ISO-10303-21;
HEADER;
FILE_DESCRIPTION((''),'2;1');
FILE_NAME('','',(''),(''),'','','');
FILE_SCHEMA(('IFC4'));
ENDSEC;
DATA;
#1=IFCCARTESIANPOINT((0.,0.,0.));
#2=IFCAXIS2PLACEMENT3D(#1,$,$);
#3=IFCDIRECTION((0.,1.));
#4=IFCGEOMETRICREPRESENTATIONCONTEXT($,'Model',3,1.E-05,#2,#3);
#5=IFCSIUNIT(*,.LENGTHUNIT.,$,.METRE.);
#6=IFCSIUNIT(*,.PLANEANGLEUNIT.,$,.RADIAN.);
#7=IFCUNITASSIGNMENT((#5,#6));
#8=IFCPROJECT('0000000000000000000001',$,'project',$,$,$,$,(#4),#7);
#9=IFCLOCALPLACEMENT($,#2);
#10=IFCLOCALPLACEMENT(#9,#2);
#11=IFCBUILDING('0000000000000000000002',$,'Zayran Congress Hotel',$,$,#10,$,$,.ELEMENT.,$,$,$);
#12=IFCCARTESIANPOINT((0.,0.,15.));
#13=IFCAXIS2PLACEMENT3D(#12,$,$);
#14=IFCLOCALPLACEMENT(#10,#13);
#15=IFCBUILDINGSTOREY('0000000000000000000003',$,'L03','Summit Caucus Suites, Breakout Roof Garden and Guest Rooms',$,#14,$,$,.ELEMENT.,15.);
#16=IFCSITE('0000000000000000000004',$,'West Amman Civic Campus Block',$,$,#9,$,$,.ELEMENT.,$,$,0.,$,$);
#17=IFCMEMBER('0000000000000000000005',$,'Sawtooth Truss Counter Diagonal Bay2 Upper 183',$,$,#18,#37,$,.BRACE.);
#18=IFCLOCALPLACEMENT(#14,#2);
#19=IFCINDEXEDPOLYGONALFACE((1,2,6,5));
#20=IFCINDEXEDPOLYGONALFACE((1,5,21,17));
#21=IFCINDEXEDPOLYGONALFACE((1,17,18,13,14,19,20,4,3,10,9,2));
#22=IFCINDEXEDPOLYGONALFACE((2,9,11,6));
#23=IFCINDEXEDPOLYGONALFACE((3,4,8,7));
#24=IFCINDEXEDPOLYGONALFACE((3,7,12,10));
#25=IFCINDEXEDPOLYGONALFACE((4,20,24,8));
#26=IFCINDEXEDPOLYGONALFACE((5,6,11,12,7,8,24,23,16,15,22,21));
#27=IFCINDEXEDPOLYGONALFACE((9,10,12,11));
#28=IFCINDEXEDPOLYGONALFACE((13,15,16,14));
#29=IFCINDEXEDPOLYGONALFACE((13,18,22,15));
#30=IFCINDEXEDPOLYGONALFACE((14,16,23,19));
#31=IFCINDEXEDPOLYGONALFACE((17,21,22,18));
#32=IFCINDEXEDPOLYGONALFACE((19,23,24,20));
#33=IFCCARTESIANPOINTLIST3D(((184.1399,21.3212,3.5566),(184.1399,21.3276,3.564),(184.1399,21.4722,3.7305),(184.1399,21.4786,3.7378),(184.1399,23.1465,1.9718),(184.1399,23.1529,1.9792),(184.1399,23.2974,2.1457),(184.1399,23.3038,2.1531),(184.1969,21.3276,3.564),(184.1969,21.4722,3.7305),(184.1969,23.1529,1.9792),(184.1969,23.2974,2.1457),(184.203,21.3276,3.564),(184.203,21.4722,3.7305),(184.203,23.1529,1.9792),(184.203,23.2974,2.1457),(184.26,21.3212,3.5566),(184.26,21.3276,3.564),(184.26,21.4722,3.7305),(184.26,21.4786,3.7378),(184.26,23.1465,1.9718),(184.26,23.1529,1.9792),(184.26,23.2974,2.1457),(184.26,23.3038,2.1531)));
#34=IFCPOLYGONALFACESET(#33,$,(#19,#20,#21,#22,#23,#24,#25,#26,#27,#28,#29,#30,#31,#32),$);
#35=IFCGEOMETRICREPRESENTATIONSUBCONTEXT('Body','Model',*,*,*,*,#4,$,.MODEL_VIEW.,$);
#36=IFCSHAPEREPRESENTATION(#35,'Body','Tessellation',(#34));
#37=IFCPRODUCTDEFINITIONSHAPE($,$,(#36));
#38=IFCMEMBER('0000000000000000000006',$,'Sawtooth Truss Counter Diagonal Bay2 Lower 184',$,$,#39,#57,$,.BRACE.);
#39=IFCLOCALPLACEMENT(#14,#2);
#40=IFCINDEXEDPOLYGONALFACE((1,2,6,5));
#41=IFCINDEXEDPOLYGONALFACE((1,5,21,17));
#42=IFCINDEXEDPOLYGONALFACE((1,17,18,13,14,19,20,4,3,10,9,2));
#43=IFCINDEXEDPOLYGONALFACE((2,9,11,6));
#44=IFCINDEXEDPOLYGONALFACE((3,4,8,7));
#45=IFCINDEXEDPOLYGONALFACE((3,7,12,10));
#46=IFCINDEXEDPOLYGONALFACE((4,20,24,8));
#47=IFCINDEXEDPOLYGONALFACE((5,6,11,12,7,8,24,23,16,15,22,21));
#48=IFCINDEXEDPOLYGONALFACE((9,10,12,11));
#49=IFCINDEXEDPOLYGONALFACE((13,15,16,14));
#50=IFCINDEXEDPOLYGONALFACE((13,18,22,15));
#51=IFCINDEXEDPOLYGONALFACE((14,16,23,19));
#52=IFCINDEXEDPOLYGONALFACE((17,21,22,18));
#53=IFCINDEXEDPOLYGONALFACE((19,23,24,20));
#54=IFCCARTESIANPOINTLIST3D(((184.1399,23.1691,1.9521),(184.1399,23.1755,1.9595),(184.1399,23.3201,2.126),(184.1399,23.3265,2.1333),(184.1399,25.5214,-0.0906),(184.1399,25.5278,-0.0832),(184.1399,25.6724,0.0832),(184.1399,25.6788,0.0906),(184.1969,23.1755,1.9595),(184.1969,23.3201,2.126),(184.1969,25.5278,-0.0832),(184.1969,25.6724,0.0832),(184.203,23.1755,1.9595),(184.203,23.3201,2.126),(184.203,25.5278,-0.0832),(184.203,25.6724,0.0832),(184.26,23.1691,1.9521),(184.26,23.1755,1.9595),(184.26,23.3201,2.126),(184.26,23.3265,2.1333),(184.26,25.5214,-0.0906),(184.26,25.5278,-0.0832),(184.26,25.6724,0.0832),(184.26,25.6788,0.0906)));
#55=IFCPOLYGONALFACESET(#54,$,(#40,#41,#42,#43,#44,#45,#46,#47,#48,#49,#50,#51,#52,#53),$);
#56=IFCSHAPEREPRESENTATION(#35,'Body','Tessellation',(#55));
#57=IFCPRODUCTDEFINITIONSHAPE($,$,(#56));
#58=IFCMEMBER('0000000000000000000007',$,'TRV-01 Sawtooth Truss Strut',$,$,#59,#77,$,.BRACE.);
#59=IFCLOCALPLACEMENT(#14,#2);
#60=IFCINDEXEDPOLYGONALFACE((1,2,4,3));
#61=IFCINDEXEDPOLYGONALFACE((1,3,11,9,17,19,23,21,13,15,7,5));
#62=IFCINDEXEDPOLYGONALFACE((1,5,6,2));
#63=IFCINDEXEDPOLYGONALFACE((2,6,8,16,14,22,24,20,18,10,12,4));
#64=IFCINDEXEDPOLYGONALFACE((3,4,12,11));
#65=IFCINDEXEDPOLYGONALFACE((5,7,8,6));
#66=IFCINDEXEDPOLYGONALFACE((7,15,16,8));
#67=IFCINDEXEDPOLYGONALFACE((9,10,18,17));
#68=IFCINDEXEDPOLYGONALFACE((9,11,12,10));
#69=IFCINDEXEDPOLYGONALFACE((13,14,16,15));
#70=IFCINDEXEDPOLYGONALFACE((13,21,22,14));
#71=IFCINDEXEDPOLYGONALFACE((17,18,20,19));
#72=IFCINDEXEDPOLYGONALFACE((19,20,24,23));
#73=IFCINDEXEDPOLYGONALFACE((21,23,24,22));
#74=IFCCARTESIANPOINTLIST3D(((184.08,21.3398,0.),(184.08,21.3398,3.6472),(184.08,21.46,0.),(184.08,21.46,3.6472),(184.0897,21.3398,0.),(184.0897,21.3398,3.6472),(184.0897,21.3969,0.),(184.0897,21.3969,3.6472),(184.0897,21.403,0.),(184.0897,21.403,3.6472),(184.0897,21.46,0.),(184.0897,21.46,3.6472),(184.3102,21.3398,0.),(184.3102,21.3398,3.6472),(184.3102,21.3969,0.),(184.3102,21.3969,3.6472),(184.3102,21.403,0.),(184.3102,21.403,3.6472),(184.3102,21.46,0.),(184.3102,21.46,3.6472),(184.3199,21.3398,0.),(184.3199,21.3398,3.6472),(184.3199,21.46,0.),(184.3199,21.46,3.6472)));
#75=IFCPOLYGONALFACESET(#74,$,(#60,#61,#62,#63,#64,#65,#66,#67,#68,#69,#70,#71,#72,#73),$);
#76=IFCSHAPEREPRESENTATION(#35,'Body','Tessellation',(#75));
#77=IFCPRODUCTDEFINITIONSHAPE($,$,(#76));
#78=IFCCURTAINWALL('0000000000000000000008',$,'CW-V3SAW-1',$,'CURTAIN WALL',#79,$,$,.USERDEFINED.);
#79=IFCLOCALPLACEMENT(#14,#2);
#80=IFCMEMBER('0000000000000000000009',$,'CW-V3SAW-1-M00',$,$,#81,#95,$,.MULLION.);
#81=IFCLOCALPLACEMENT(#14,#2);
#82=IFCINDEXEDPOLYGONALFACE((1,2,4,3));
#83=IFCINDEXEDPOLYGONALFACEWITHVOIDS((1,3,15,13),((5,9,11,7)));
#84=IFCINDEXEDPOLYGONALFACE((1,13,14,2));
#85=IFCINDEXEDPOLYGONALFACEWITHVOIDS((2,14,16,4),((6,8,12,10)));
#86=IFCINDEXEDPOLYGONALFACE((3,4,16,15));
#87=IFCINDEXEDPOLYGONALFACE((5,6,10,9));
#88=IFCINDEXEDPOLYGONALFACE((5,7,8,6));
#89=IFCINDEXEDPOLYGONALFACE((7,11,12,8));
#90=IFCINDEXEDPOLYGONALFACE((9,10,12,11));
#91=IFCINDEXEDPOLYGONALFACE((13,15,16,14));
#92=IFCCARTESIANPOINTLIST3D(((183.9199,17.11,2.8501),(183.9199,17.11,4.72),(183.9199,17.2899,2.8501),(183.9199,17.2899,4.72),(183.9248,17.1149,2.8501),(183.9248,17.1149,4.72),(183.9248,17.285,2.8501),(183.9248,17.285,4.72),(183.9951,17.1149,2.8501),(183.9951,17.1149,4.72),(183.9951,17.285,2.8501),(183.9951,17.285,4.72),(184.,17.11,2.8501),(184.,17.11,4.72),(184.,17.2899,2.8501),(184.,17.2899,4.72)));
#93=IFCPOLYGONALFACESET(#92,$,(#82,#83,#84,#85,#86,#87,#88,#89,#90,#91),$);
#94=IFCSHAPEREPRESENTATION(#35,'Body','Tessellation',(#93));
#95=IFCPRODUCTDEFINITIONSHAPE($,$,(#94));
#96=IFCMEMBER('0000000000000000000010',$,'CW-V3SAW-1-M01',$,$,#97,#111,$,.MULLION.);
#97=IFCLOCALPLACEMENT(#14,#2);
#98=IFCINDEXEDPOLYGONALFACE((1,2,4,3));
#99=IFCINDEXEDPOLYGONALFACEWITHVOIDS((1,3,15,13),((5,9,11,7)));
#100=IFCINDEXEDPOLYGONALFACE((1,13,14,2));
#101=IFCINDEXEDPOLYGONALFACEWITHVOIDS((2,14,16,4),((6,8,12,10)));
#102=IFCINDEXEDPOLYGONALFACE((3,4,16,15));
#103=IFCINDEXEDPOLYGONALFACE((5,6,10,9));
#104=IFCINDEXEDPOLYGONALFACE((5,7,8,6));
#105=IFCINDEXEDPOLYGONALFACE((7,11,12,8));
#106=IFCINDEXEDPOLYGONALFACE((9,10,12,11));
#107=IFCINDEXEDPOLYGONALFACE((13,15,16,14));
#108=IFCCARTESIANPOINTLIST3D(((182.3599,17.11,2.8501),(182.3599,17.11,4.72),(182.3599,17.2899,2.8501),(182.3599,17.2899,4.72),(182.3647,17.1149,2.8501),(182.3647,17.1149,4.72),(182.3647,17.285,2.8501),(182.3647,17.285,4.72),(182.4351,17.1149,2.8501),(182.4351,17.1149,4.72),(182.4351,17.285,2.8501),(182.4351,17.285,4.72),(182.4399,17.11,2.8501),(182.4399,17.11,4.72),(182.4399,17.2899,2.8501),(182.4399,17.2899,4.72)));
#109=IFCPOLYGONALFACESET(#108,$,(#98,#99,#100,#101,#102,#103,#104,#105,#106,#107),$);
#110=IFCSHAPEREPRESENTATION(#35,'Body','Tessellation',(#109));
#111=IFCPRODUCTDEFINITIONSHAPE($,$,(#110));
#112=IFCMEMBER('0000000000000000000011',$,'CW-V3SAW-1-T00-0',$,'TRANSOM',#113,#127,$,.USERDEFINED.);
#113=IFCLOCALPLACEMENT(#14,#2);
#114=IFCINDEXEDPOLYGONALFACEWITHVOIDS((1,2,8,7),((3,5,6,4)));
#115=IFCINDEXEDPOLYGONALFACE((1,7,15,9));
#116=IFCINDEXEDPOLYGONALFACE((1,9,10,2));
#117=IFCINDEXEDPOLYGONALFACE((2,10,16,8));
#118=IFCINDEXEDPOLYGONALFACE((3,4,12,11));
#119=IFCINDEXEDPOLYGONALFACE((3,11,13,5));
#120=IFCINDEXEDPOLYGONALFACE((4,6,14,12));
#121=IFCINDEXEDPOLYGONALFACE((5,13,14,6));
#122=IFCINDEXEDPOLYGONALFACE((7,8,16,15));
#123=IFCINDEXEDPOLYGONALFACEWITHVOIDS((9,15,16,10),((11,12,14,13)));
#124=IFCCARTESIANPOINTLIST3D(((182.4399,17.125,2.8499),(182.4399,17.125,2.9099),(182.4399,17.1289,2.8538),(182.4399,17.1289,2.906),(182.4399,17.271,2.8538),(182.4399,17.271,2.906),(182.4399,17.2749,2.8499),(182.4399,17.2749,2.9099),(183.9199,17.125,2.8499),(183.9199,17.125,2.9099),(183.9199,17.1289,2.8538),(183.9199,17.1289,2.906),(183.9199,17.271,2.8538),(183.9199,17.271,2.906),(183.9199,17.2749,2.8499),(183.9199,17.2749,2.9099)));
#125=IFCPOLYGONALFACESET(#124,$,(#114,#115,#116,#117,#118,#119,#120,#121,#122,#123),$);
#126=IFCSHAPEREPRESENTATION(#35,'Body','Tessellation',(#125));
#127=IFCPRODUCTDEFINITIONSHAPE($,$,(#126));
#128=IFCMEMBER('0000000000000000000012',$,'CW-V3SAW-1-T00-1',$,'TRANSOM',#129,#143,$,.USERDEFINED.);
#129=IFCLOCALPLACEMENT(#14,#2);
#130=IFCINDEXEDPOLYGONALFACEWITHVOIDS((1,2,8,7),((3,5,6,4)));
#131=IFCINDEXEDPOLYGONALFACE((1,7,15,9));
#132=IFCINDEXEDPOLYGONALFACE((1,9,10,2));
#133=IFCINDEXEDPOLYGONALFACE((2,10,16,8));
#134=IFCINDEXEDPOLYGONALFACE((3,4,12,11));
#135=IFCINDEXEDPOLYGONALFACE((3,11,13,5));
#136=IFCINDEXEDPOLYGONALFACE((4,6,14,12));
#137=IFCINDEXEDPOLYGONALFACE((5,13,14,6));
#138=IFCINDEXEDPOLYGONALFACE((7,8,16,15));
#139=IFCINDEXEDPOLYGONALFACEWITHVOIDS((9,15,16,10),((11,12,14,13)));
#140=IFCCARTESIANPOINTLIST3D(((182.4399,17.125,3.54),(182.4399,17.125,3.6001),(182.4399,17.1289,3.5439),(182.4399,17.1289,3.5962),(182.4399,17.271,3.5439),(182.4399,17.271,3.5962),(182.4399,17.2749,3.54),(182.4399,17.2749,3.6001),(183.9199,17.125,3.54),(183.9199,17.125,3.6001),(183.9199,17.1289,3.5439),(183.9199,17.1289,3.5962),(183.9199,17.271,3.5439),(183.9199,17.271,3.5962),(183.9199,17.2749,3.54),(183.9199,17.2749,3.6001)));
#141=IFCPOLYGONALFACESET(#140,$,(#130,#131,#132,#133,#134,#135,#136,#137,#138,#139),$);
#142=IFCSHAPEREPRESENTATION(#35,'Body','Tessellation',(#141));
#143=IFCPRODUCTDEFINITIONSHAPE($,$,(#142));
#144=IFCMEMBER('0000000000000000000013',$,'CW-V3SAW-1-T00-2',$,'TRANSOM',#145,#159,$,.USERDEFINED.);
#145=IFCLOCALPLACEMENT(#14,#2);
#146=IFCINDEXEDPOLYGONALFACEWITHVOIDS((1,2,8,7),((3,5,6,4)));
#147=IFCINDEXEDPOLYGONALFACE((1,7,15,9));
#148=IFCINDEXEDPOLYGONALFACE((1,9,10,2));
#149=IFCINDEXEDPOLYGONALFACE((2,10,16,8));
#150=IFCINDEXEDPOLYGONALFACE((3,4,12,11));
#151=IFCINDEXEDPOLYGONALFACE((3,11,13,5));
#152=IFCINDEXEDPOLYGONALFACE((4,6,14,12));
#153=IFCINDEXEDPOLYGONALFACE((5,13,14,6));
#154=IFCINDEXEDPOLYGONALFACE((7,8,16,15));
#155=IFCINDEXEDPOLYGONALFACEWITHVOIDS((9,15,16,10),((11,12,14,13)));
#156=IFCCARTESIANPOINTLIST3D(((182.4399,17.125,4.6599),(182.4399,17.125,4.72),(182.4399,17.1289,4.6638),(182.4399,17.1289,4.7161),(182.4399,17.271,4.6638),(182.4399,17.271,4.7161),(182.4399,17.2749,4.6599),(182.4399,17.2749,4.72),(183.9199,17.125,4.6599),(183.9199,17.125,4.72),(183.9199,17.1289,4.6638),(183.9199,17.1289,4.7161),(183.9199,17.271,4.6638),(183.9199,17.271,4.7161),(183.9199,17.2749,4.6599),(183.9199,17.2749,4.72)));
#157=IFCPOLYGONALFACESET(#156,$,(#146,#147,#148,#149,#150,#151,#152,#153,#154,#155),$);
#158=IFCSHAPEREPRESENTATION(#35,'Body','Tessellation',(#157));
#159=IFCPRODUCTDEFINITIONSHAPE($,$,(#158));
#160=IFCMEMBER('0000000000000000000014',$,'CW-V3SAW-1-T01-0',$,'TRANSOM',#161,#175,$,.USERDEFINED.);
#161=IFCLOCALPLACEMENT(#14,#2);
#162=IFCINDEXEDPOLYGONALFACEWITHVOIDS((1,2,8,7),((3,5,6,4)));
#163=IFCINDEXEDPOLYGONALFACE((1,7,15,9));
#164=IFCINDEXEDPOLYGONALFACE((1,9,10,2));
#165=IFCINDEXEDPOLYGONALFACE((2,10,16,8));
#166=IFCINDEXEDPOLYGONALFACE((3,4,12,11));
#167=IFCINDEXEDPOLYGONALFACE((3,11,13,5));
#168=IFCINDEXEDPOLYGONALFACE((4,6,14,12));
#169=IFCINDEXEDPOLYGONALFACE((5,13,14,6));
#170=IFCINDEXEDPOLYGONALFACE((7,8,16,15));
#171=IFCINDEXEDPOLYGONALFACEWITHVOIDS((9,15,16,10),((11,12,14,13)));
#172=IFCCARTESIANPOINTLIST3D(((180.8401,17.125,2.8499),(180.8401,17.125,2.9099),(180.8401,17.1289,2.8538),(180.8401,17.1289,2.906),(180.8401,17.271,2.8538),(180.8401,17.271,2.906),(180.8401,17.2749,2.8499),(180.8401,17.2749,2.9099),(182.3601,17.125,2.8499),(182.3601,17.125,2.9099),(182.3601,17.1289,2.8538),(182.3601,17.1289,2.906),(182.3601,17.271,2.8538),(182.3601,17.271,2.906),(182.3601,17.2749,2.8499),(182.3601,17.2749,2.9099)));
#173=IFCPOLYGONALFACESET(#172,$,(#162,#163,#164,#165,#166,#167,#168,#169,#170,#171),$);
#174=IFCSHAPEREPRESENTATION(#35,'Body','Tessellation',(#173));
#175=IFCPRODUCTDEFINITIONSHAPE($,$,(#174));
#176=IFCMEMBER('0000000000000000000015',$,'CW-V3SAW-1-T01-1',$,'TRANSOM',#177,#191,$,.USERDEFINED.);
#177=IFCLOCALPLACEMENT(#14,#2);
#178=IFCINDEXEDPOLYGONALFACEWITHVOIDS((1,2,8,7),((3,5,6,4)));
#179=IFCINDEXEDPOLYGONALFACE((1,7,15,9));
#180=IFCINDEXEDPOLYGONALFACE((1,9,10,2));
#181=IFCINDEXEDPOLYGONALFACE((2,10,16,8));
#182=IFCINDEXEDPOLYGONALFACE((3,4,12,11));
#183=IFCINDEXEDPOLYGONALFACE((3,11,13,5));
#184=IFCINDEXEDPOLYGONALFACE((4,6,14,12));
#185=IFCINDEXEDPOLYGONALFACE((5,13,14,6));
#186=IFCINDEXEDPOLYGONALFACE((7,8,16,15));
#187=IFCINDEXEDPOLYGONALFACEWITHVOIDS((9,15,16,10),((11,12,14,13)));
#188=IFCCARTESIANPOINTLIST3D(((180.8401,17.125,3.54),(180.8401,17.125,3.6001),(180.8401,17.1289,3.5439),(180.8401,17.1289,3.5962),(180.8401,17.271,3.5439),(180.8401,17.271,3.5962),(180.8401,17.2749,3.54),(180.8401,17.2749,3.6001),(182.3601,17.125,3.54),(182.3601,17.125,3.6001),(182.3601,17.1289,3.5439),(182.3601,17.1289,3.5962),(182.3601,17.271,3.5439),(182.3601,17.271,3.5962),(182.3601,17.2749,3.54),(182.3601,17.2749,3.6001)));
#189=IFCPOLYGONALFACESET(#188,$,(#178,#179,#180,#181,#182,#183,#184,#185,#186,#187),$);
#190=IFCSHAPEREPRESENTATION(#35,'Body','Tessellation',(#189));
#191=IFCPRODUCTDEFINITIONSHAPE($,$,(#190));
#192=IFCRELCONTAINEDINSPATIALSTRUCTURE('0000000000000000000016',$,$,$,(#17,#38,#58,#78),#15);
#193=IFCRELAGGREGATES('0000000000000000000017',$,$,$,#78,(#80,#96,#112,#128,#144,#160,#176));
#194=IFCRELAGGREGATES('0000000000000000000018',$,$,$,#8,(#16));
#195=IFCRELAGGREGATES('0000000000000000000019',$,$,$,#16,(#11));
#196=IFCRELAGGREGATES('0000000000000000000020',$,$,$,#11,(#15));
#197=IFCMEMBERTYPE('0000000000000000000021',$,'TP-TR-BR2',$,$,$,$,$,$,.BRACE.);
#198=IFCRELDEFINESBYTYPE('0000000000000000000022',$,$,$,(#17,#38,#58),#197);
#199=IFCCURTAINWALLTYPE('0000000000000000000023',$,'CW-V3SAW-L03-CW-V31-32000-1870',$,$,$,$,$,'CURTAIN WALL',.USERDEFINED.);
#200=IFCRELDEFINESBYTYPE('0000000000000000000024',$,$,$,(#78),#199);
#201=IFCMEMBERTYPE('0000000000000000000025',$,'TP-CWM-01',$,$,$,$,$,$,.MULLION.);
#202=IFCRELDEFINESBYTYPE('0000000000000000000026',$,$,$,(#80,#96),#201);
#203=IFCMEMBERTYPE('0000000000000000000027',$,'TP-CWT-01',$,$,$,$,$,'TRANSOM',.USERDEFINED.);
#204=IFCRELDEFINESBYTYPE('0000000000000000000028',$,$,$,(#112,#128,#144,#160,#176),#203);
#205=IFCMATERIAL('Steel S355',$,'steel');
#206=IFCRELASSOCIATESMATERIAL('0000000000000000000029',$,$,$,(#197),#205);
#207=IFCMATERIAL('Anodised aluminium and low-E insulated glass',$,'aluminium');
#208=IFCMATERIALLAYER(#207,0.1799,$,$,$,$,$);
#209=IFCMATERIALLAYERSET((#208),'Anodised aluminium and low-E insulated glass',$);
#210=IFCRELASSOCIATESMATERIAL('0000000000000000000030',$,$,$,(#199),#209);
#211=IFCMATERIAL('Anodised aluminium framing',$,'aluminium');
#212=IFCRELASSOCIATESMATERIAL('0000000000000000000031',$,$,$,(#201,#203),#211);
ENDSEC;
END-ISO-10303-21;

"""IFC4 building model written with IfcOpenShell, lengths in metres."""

from ifc_helpers import new_model, si_unit, direction, frame, origin, origin_2d, place, context, subcontext, project, spatial, hollow_rectangle, i_section, extrude, material, layer, layer_set, material_profile, profile_set, type_object, element, aggregate, save


model = new_model("IFC4")

# Units and contexts
model_context = context("Model", 3, precision=1e-05, world=origin(), true_north=direction((0.0, 1.0)))
body_context = subcontext(model_context, "Body", "Model", "MODEL_VIEW")
ifc_project = project(units=[si_unit("LENGTHUNIT", "METRE"), si_unit("PLANEANGLEUNIT", "RADIAN")], contexts=[model_context])

# Site, building, storey
site_placement = place(None, origin())
site = spatial("IfcSite", under=ifc_project, at=site_placement, Name="West Amman Civic Campus Block", CompositionType="ELEMENT", RefElevation=0.0)
building_placement = place(site_placement, origin())
building = spatial("IfcBuilding", under=site, at=building_placement, Name="Zayran Congress Hotel", CompositionType="ELEMENT")
storey_placement = place(building_placement, frame((0.0, 0.0, 15.0)))
storey = spatial("IfcBuildingStorey", under=building, at=storey_placement, Name="L03", Description="Summit Caucus Suites, Breakout Roof Garden and Guest Rooms", CompositionType="ELEMENT", Elevation=15.0)

# Shared definitions
ifc_material_1 = material(Name="Steel S355", Category="steel")

# Members
ifc_material_profile_1 = material_profile(ifc_material_1, i_section(OverallWidth=0.1201, OverallDepth=0.24, WebThickness=0.0061, FlangeThickness=0.0098, at=origin_2d()), Name="IPE 240")
ifc_profile_set_1 = profile_set([ifc_material_profile_1], Name="Steel S355")
member_type_1 = type_object("IfcMemberType", Name="TP-TR-BR2", PredefinedType="BRACE", material=ifc_profile_set_1)
member_1_placement = place(storey_placement, frame((184.2, 21.3999, 3.6472), z_axis=(0.0, 0.755099, -0.655611), x_axis=(-1.0, 0.0, 0.0)))
element("IfcMember", 1, at=member_1_placement, inside=storey, type_object=member_type_1, Name="Sawtooth Truss Counter Diagonal Bay2 Upper 183", PredefinedType="BRACE", context=body_context, shape_type="SweptSolid", body=[
    extrude(i_section(OverallWidth=0.1201, OverallDepth=0.24, WebThickness=0.0061, FlangeThickness=0.0098, at=origin_2d()), origin(), (0.0, 0.0, 1.0), 2.4172),
])
member_2_placement = place(storey_placement, frame((184.2, 23.2478, 2.0427), z_axis=(0.0, 0.755042, -0.655676), x_axis=(-1.0, 0.0, 0.0)))
element("IfcMember", 2, at=member_2_placement, inside=storey, type_object=member_type_1, Name="Sawtooth Truss Counter Diagonal Bay2 Lower 184", PredefinedType="BRACE", context=body_context, shape_type="SweptSolid", body=[
    extrude(i_section(OverallWidth=0.1201, OverallDepth=0.24, WebThickness=0.0061, FlangeThickness=0.0098, at=origin_2d()), origin(), (0.0, 0.0, 1.0), 3.1155),
])
member_3_placement = place(storey_placement, frame((184.2, 21.3999, 0.0), z_axis=(0.0, 0.0, 1.0), x_axis=(0.0, 1.0, 0.0)))
element("IfcMember", 3, at=member_3_placement, inside=storey, type_object=member_type_1, Name="TRV-01 Sawtooth Truss Strut", PredefinedType="BRACE", context=body_context, shape_type="SweptSolid", body=[
    extrude(i_section(OverallWidth=0.1201, OverallDepth=0.24, WebThickness=0.0061, FlangeThickness=0.0098, at=origin_2d()), origin(), (0.0, 0.0, 1.0), 3.6472),
])

# Curtain wall, members
ifc_material_2 = material(Name="Anodised aluminium and low-E insulated glass", Category="aluminium")
ifc_layer_1 = layer(ifc_material_2, 0.1799)
ifc_layer_set_1 = layer_set([ifc_layer_1], Name="Anodised aluminium and low-E insulated glass")
curtain_wall_type = type_object("IfcCurtainWallType", Name="CW-V3SAW-L03-CW-V31-32000-1870", ElementType="CURTAIN WALL", PredefinedType="USERDEFINED", material=ifc_layer_set_1)
curtain_wall_placement = place(storey_placement, origin())
curtain_wall = element("IfcCurtainWall", 4, at=curtain_wall_placement, inside=storey, type_object=curtain_wall_type, Name="CW-V3SAW-1", ObjectType="CURTAIN WALL", PredefinedType="USERDEFINED")
ifc_material_3 = material(Name="Anodised aluminium framing", Category="aluminium")
ifc_material_profile_2 = material_profile(ifc_material_3, hollow_rectangle(XDim=0.0801, YDim=0.1799, WallThickness=0.0049, at=origin_2d()), Name="RHS 180x80x5")
ifc_profile_set_2 = profile_set([ifc_material_profile_2], Name="Anodised aluminium framing")
member_type_2 = type_object("IfcMemberType", Name="TP-CWM-01", PredefinedType="MULLION", material=ifc_profile_set_2)
member_4_placement = place(storey_placement, frame((183.96, 17.2, 2.8501), z_axis=(0.0, 0.0, 1.0), x_axis=(1.0, 0.0, 0.0)))
member_4 = element("IfcMember", 5, at=member_4_placement, type_object=member_type_2, Name="CW-V3SAW-1-M00", PredefinedType="MULLION", context=body_context, shape_type="SweptSolid", body=[
    extrude(hollow_rectangle(XDim=0.0801, YDim=0.1799, WallThickness=0.0049, at=origin_2d()), origin(), (0.0, 0.0, 1.0), 1.8699),
])
member_5_placement = place(storey_placement, frame((182.3999, 17.2, 2.8501), z_axis=(0.0, 0.0, 1.0), x_axis=(1.0, 0.0, 0.0)))
member_5 = element("IfcMember", 6, at=member_5_placement, type_object=member_type_2, Name="CW-V3SAW-1-M01", PredefinedType="MULLION", context=body_context, shape_type="SweptSolid", body=[
    extrude(hollow_rectangle(XDim=0.0801, YDim=0.1799, WallThickness=0.0049, at=origin_2d()), origin(), (0.0, 0.0, 1.0), 1.8699),
])
ifc_material_profile_3 = material_profile(ifc_material_3, hollow_rectangle(XDim=0.0601, YDim=0.1499, WallThickness=0.0039, at=origin_2d()), Name="RHS 150x60x4")
ifc_profile_set_3 = profile_set([ifc_material_profile_3], Name="Anodised aluminium framing")
member_type_3 = type_object("IfcMemberType", Name="TP-CWT-01", ElementType="TRANSOM", PredefinedType="USERDEFINED", material=ifc_profile_set_3)
member_6_placement = place(storey_placement, frame((183.9199, 17.2, 2.8799), z_axis=(-1.0, 0.0, 0.0), x_axis=(0.0, 0.0, 1.0)))
member_6 = element("IfcMember", 7, at=member_6_placement, type_object=member_type_3, Name="CW-V3SAW-1-T00-0", ObjectType="TRANSOM", PredefinedType="USERDEFINED", context=body_context, shape_type="SweptSolid", body=[
    extrude(hollow_rectangle(XDim=0.0601, YDim=0.1499, WallThickness=0.0039, at=origin_2d()), origin(), (0.0, 0.0, 1.0), 1.48),
])
member_7_placement = place(storey_placement, frame((183.9199, 17.2, 3.5701), z_axis=(-1.0, 0.0, 0.0), x_axis=(0.0, 0.0, 1.0)))
member_7 = element("IfcMember", 8, at=member_7_placement, type_object=member_type_3, Name="CW-V3SAW-1-T00-1", ObjectType="TRANSOM", PredefinedType="USERDEFINED", context=body_context, shape_type="SweptSolid", body=[
    extrude(hollow_rectangle(XDim=0.0601, YDim=0.1499, WallThickness=0.0039, at=origin_2d()), origin(), (0.0, 0.0, 1.0), 1.48),
])
member_8_placement = place(storey_placement, frame((183.9199, 17.2, 4.6899), z_axis=(-1.0, 0.0, 0.0), x_axis=(0.0, 0.0, 1.0)))
member_8 = element("IfcMember", 9, at=member_8_placement, type_object=member_type_3, Name="CW-V3SAW-1-T00-2", ObjectType="TRANSOM", PredefinedType="USERDEFINED", context=body_context, shape_type="SweptSolid", body=[
    extrude(hollow_rectangle(XDim=0.0601, YDim=0.1499, WallThickness=0.0039, at=origin_2d()), origin(), (0.0, 0.0, 1.0), 1.48),
])
member_9_placement = place(storey_placement, frame((182.3601, 17.2, 2.8799), z_axis=(-1.0, 0.0, 0.0), x_axis=(0.0, 0.0, 1.0)))
member_9 = element("IfcMember", 10, at=member_9_placement, type_object=member_type_3, Name="CW-V3SAW-1-T01-0", ObjectType="TRANSOM", PredefinedType="USERDEFINED", context=body_context, shape_type="SweptSolid", body=[
    extrude(hollow_rectangle(XDim=0.0601, YDim=0.1499, WallThickness=0.0039, at=origin_2d()), origin(), (0.0, 0.0, 1.0), 1.52),
])
member_10_placement = place(storey_placement, frame((182.3601, 17.2, 3.5701), z_axis=(-1.0, 0.0, 0.0), x_axis=(0.0, 0.0, 1.0)))
member_10 = element("IfcMember", 11, at=member_10_placement, type_object=member_type_3, Name="CW-V3SAW-1-T01-1", ObjectType="TRANSOM", PredefinedType="USERDEFINED", context=body_context, shape_type="SweptSolid", body=[
    extrude(hollow_rectangle(XDim=0.0601, YDim=0.1499, WallThickness=0.0039, at=origin_2d()), origin(), (0.0, 0.0, 1.0), 1.52),
])

aggregate(curtain_wall, [member_4, member_5, member_6, member_7, member_8, member_9, member_10])

save(model, "model.ifc")
